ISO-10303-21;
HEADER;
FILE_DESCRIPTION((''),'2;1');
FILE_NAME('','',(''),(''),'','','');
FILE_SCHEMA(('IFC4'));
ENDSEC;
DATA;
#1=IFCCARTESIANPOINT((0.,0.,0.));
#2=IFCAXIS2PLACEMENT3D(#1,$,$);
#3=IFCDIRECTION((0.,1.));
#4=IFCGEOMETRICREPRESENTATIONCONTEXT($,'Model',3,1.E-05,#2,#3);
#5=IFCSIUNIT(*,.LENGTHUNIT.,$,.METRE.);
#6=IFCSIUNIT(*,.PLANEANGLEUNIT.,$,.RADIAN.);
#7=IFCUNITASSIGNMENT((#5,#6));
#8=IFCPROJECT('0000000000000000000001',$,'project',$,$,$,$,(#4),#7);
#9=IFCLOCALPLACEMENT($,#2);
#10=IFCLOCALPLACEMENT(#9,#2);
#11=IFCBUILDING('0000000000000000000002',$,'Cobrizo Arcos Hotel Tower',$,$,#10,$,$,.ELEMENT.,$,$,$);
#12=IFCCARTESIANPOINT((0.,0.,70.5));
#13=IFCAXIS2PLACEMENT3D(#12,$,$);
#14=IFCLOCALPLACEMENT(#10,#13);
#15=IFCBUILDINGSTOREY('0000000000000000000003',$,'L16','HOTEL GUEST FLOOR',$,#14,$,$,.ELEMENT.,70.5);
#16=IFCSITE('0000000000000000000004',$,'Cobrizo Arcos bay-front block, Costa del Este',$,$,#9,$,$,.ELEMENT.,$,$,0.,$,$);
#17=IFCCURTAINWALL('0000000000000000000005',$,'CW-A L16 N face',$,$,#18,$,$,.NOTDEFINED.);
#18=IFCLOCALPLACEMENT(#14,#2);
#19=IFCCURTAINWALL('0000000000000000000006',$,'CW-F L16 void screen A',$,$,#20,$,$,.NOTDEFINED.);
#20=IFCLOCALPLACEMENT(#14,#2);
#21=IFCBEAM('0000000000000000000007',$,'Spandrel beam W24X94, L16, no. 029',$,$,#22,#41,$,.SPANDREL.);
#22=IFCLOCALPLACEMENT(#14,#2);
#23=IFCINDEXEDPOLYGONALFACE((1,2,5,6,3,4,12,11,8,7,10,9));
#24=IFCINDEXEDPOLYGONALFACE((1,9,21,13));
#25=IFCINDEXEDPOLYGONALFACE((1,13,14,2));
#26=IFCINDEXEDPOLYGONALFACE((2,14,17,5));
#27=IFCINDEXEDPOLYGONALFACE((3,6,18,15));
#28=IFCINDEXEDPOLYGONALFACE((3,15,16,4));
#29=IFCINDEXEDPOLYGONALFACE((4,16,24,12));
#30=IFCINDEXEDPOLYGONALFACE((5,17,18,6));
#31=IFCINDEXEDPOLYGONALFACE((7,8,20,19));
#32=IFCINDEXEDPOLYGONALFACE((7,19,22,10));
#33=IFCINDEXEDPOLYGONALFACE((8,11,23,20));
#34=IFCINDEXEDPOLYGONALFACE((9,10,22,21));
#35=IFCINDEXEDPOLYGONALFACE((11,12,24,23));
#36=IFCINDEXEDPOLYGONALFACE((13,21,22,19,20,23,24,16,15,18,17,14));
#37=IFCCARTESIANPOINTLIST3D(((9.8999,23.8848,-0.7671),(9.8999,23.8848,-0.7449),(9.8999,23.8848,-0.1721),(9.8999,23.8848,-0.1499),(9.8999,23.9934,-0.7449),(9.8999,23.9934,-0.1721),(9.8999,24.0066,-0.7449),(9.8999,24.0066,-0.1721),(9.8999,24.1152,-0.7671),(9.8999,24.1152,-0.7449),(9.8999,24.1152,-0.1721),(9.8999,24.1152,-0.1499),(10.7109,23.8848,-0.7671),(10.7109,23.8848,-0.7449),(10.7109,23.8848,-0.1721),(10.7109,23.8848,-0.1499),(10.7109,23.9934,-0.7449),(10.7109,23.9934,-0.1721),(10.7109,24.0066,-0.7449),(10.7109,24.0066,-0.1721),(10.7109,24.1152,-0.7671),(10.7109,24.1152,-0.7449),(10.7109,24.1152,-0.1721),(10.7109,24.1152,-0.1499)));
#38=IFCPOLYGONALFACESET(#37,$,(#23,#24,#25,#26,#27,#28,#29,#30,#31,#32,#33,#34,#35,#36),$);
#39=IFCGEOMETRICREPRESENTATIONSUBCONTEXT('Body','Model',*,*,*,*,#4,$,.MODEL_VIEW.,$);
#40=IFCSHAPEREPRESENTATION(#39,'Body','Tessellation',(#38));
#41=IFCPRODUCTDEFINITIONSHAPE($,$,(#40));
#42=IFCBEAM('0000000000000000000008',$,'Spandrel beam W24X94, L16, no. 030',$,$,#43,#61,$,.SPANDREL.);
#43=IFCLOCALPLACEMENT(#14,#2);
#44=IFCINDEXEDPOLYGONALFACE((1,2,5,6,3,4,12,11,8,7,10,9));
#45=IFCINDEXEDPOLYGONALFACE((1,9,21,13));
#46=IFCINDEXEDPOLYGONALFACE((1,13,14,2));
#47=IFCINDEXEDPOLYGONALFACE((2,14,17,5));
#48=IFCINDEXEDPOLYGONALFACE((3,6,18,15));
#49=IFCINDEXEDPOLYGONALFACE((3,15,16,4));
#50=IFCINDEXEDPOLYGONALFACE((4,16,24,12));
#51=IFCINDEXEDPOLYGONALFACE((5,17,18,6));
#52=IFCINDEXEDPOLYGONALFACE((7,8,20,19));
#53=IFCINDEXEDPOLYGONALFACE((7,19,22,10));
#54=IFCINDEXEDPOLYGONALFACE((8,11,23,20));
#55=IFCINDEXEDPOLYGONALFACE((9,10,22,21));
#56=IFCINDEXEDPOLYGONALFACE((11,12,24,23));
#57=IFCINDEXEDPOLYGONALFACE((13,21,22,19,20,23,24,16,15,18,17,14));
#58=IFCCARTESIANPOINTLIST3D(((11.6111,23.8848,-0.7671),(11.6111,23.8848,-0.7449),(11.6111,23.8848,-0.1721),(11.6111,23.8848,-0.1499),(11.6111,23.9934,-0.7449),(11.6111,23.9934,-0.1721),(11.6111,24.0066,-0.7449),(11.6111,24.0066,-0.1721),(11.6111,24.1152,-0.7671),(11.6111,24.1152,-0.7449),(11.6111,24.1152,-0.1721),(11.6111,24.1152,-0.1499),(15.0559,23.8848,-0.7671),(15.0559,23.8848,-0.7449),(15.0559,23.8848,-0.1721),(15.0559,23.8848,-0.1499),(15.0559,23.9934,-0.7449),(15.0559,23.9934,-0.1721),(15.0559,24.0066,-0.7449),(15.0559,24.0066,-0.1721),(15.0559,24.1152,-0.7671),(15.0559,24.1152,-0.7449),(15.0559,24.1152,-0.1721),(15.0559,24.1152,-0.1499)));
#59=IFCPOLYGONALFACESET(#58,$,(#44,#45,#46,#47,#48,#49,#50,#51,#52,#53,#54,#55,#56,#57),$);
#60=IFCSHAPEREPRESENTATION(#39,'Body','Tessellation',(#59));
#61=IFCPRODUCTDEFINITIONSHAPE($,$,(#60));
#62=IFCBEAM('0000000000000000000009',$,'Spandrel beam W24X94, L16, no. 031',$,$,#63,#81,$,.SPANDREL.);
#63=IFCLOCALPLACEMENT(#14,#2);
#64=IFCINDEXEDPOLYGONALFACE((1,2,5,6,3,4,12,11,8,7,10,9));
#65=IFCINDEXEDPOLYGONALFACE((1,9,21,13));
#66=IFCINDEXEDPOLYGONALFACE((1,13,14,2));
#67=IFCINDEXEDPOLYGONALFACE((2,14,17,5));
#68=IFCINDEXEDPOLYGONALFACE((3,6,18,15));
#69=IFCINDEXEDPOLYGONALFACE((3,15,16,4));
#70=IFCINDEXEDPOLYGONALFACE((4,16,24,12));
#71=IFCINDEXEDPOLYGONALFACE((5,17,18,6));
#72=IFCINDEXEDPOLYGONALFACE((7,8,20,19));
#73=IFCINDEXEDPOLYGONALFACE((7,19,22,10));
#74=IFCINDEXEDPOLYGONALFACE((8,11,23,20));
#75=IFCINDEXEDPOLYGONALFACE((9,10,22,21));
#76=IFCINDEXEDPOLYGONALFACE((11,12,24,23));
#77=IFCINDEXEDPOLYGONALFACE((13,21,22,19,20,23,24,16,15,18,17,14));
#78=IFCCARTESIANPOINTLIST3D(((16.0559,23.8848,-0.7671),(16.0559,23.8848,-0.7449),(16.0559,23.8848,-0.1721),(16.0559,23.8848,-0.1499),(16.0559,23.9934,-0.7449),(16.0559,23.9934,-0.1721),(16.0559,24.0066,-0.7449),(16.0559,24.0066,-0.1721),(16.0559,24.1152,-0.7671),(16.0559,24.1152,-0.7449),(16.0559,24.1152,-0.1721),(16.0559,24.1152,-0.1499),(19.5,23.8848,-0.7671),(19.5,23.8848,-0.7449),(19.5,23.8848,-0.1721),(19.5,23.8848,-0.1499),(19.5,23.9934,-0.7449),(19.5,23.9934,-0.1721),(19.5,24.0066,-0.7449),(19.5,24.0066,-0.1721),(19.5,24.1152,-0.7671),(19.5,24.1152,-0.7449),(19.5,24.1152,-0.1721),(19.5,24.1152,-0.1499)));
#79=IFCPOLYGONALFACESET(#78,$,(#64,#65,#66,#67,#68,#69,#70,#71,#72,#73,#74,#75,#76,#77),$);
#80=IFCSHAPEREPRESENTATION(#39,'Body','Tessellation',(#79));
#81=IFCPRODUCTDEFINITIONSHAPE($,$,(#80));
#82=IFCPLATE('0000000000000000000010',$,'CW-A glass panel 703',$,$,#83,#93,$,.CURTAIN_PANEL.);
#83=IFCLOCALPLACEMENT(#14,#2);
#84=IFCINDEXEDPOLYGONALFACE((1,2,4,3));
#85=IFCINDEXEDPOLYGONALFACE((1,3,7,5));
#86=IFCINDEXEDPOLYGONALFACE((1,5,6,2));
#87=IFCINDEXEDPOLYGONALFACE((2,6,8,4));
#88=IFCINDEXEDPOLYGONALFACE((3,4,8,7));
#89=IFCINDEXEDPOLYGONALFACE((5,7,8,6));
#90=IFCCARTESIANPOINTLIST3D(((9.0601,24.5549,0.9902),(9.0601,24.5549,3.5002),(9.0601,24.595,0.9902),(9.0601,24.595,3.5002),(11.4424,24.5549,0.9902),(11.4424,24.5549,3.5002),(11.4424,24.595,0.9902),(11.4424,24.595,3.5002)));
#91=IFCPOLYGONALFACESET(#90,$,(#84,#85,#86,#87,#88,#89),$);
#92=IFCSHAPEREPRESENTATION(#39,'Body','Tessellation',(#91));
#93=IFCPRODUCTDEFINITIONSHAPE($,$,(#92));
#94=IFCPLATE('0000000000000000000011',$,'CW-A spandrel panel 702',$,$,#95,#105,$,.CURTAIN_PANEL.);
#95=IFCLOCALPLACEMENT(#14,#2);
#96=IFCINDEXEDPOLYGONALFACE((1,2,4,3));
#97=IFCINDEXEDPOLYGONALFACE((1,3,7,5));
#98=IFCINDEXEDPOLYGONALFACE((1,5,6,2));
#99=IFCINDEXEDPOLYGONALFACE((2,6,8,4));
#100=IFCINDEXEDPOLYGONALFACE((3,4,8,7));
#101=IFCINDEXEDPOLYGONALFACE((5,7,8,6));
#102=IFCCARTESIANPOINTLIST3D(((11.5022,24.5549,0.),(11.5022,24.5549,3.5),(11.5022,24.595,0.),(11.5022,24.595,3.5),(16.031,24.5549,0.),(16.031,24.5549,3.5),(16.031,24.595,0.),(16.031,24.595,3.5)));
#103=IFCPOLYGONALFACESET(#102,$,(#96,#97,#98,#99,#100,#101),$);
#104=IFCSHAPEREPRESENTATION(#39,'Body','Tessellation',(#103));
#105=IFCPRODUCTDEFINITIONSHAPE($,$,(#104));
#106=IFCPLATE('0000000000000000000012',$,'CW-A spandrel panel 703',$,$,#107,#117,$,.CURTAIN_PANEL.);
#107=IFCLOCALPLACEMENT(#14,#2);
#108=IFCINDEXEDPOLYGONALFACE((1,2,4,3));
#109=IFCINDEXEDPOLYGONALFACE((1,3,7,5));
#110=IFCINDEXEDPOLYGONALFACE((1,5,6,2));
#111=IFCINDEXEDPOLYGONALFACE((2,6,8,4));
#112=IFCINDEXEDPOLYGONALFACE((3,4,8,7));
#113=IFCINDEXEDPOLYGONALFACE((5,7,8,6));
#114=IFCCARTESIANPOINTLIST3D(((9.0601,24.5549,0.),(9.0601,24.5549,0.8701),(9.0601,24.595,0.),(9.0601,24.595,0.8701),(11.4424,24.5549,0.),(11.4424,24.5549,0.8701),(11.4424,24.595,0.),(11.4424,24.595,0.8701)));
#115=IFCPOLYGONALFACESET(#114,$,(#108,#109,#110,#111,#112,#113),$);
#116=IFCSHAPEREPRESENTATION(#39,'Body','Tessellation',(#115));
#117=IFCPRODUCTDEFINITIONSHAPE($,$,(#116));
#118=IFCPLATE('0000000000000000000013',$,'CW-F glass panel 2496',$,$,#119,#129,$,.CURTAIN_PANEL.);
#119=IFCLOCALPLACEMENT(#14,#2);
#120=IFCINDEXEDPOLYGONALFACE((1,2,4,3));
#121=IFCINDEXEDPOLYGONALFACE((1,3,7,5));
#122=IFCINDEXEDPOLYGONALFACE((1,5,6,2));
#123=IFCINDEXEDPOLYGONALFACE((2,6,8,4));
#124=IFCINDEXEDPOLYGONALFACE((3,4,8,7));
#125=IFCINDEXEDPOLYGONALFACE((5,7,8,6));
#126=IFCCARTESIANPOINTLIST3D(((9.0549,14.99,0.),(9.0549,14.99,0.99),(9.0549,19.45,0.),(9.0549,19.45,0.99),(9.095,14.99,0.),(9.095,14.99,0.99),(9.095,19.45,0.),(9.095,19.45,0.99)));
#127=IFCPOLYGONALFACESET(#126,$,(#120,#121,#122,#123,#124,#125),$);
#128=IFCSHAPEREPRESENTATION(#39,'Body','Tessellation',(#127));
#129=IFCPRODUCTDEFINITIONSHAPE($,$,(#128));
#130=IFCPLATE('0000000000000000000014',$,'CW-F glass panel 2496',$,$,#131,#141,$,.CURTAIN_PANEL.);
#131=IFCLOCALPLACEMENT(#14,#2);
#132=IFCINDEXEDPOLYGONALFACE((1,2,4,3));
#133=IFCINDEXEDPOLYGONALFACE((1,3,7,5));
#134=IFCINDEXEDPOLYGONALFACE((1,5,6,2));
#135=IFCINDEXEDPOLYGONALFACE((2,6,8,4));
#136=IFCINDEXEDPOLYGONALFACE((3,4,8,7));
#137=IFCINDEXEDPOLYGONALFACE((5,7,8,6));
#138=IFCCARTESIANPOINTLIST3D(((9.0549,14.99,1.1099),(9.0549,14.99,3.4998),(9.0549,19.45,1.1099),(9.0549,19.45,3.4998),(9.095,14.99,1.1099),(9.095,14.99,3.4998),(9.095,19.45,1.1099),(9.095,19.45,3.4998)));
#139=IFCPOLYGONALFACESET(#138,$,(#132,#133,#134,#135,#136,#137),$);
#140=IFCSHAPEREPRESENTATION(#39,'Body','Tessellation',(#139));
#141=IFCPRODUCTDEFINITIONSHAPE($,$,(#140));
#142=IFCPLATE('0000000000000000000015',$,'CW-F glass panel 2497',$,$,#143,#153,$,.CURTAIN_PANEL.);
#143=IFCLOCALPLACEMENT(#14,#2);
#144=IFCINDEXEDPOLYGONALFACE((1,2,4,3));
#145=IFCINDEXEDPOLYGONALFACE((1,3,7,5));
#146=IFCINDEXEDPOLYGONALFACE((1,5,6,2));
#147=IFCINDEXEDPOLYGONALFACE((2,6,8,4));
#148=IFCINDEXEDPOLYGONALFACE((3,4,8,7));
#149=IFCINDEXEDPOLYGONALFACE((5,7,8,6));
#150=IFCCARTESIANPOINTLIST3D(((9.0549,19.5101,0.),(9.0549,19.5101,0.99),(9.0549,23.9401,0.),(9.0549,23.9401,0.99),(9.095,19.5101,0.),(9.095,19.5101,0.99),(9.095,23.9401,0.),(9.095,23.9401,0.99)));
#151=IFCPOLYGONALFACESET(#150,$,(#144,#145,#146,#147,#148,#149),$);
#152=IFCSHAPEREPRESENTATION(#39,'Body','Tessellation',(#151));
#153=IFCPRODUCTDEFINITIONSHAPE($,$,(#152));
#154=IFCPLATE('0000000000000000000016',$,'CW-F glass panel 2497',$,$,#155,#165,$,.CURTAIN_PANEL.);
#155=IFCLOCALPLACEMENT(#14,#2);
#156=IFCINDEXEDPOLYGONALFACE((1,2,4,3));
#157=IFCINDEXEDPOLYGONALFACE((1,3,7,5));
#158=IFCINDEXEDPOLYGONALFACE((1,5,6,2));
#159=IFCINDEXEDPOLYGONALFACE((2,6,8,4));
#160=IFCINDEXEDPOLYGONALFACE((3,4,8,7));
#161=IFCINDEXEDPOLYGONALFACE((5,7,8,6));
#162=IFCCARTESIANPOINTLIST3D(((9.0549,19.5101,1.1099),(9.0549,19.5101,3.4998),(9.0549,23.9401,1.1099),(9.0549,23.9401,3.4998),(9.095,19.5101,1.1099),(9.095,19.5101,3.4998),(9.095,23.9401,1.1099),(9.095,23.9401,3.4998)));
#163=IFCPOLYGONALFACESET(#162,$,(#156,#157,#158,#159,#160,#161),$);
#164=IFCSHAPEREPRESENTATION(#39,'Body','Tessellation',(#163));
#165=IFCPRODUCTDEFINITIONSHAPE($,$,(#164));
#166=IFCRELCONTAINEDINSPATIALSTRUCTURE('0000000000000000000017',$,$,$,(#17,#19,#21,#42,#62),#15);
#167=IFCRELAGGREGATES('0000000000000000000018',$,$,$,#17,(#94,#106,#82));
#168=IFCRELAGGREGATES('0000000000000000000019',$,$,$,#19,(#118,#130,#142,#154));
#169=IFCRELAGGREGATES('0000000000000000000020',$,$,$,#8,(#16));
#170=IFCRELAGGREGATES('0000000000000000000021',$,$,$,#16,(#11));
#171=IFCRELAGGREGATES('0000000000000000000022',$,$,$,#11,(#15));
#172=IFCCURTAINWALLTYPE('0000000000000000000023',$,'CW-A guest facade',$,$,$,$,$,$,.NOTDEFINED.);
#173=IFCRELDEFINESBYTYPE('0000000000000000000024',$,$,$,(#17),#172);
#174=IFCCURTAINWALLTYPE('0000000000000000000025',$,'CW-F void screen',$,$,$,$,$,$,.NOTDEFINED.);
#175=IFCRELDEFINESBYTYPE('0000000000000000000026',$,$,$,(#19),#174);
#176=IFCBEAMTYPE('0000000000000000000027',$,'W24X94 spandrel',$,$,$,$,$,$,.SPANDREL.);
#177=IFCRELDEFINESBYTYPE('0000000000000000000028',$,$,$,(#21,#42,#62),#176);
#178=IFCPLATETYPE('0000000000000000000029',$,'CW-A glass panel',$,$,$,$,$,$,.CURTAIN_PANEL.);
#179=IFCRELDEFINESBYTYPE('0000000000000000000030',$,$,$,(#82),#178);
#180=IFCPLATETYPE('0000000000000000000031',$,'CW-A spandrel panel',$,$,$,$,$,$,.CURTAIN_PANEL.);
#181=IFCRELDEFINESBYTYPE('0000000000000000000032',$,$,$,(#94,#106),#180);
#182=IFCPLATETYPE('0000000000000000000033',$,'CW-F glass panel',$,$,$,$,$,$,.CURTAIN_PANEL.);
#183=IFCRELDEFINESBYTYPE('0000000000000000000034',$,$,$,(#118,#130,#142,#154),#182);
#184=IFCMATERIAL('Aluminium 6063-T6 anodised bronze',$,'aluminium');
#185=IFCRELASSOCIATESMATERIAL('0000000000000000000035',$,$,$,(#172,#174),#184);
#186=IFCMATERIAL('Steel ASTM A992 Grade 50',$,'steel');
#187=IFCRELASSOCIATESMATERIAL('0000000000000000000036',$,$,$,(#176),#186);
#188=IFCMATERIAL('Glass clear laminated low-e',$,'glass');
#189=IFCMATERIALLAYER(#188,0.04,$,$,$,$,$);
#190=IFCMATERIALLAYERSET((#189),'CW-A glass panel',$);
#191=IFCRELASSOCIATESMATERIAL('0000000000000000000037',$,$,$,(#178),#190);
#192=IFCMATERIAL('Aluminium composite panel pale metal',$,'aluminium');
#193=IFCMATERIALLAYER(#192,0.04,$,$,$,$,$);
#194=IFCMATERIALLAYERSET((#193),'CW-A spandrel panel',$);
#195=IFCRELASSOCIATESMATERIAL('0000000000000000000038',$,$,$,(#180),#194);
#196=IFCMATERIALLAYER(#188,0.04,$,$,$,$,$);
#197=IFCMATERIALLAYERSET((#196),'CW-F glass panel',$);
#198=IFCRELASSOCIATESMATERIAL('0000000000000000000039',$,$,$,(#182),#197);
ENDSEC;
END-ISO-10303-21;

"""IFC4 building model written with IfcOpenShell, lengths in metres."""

from ifc_helpers import new_model, si_unit, direction, frame, origin, origin_2d, place, context, subcontext, project, spatial, rectangle, i_section, extrude, material, layer, layer_set, material_profile, profile_set, type_object, element, aggregate, save


model = new_model("IFC4")

# Units and contexts
model_context = context("Model", 3, precision=1e-05, world=origin(), true_north=direction((0.0, 1.0)))
body_context = subcontext(model_context, "Body", "Model", "MODEL_VIEW")
ifc_project = project(units=[si_unit("LENGTHUNIT", "METRE"), si_unit("PLANEANGLEUNIT", "RADIAN")], contexts=[model_context])

# Site, building, storey
site_placement = place(None, origin())
site = spatial("IfcSite", under=ifc_project, at=site_placement, Name="Cobrizo Arcos bay-front block, Costa del Este", CompositionType="ELEMENT", RefElevation=0.0)
building_placement = place(site_placement, origin())
building = spatial("IfcBuilding", under=site, at=building_placement, Name="Cobrizo Arcos Hotel Tower", CompositionType="ELEMENT")
storey_placement = place(building_placement, frame((0.0, 0.0, 70.5)))
storey = spatial("IfcBuildingStorey", under=building, at=storey_placement, Name="L16", Description="HOTEL GUEST FLOOR", CompositionType="ELEMENT", Elevation=70.5)

# Curtain walls
ifc_material_1 = material(Name="Aluminium 6063-T6 anodised bronze", Category="aluminium")
curtain_wall_type_1 = type_object("IfcCurtainWallType", Name="CW-A guest facade", PredefinedType="NOTDEFINED", material=ifc_material_1)
curtain_wall_1_placement = place(storey_placement, origin())
curtain_wall_1 = element("IfcCurtainWall", 1, at=curtain_wall_1_placement, inside=storey, type_object=curtain_wall_type_1, Name="CW-A L16 N face", PredefinedType="NOTDEFINED")
curtain_wall_type_2 = type_object("IfcCurtainWallType", Name="CW-F void screen", PredefinedType="NOTDEFINED", material=ifc_material_1)
curtain_wall_2_placement = place(storey_placement, origin())
curtain_wall_2 = element("IfcCurtainWall", 2, at=curtain_wall_2_placement, inside=storey, type_object=curtain_wall_type_2, Name="CW-F L16 void screen A", PredefinedType="NOTDEFINED")

# Beams
ifc_material_2 = material(Name="Steel ASTM A992 Grade 50", Category="steel")
ifc_material_profile_1 = material_profile(ifc_material_2, i_section(OverallWidth=0.2305, OverallDepth=0.6172, WebThickness=0.0132, FlangeThickness=0.0222, at=origin_2d()), Name="W24X94")
ifc_profile_set_1 = profile_set([ifc_material_profile_1], Name="Steel ASTM A992 Grade 50")
beam_type = type_object("IfcBeamType", Name="W24X94 spandrel", PredefinedType="SPANDREL", material=ifc_profile_set_1)
beam_1_placement = place(storey_placement, frame((9.8999, 24.0, -0.4585), z_axis=(1.0, 0.0, 0.0), x_axis=(0.0, 1.0, 0.0)))
element("IfcBeam", 3, at=beam_1_placement, inside=storey, type_object=beam_type, Name="Spandrel beam W24X94, L16, no. 029", PredefinedType="SPANDREL", context=body_context, shape_type="SweptSolid", body=[
    extrude(i_section(OverallWidth=0.2305, OverallDepth=0.6172, WebThickness=0.0132, FlangeThickness=0.0222, at=origin_2d()), origin(), (0.0, 0.0, 1.0), 0.811),
])
beam_2_placement = place(storey_placement, frame((11.6111, 24.0, -0.4585), z_axis=(1.0, 0.0, 0.0), x_axis=(0.0, 1.0, 0.0)))
element("IfcBeam", 4, at=beam_2_placement, inside=storey, type_object=beam_type, Name="Spandrel beam W24X94, L16, no. 030", PredefinedType="SPANDREL", context=body_context, shape_type="SweptSolid", body=[
    extrude(i_section(OverallWidth=0.2305, OverallDepth=0.6172, WebThickness=0.0132, FlangeThickness=0.0222, at=origin_2d()), origin(), (0.0, 0.0, 1.0), 3.4448),
])
beam_3_placement = place(storey_placement, frame((16.0559, 24.0, -0.4585), z_axis=(1.0, 0.0, 0.0), x_axis=(0.0, 1.0, 0.0)))
element("IfcBeam", 5, at=beam_3_placement, inside=storey, type_object=beam_type, Name="Spandrel beam W24X94, L16, no. 031", PredefinedType="SPANDREL", context=body_context, shape_type="SweptSolid", body=[
    extrude(i_section(OverallWidth=0.2305, OverallDepth=0.6172, WebThickness=0.0132, FlangeThickness=0.0222, at=origin_2d()), origin(), (0.0, 0.0, 1.0), 3.4441),
])

# Plates
ifc_material_3 = material(Name="Glass clear laminated low-e", Category="glass")
ifc_layer_1 = layer(ifc_material_3, 0.04)
ifc_layer_set_1 = layer_set([ifc_layer_1], Name="CW-A glass panel")
plate_type_1 = type_object("IfcPlateType", Name="CW-A glass panel", PredefinedType="CURTAIN_PANEL", material=ifc_layer_set_1)
plate_1_placement = place(storey_placement, frame((10.2512, 24.575, 0.9902), z_axis=(0.0, 0.0, 1.0), x_axis=(-1.0, 0.0, 0.0)))
plate_1 = element("IfcPlate", 6, at=plate_1_placement, type_object=plate_type_1, Name="CW-A glass panel 703", PredefinedType="CURTAIN_PANEL", context=body_context, shape_type="SweptSolid", body=[
    extrude(rectangle(XDim=2.3823, YDim=0.04, at=origin_2d()), origin(), (0.0, 0.0, 1.0), 2.51),
])
ifc_material_4 = material(Name="Aluminium composite panel pale metal", Category="aluminium")
ifc_layer_2 = layer(ifc_material_4, 0.04)
ifc_layer_set_2 = layer_set([ifc_layer_2], Name="CW-A spandrel panel")
plate_type_2 = type_object("IfcPlateType", Name="CW-A spandrel panel", PredefinedType="CURTAIN_PANEL", material=ifc_layer_set_2)
plate_2_placement = place(storey_placement, frame((13.7666, 24.575, 0.0), z_axis=(0.0, 0.0, 1.0), x_axis=(-1.0, 0.0, 0.0)))
plate_2 = element("IfcPlate", 7, at=plate_2_placement, type_object=plate_type_2, Name="CW-A spandrel panel 702", PredefinedType="CURTAIN_PANEL", context=body_context, shape_type="SweptSolid", body=[
    extrude(rectangle(XDim=4.5288, YDim=0.04, at=origin_2d()), origin(), (0.0, 0.0, 1.0), 3.5),
])
plate_3_placement = place(storey_placement, frame((10.2512, 24.575, 0.0), z_axis=(0.0, 0.0, 1.0), x_axis=(-1.0, 0.0, 0.0)))
plate_3 = element("IfcPlate", 8, at=plate_3_placement, type_object=plate_type_2, Name="CW-A spandrel panel 703", PredefinedType="CURTAIN_PANEL", context=body_context, shape_type="SweptSolid", body=[
    extrude(rectangle(XDim=2.3823, YDim=0.04, at=origin_2d()), origin(), (0.0, 0.0, 1.0), 0.8701),
])
aggregate(curtain_wall_1, [plate_2, plate_3, plate_1])
ifc_layer_3 = layer(ifc_material_3, 0.04)
ifc_layer_set_3 = layer_set([ifc_layer_3], Name="CW-F glass panel")
plate_type_3 = type_object("IfcPlateType", Name="CW-F glass panel", PredefinedType="CURTAIN_PANEL", material=ifc_layer_set_3)
plate_4_placement = place(storey_placement, frame((9.075, 17.22, 0.0), z_axis=(0.0, 0.0, 1.0), x_axis=(0.0, 1.0, 0.0)))
plate_4 = element("IfcPlate", 9, at=plate_4_placement, type_object=plate_type_3, Name="CW-F glass panel 2496", PredefinedType="CURTAIN_PANEL", context=body_context, shape_type="SweptSolid", body=[
    extrude(rectangle(XDim=4.46, YDim=0.04, at=origin_2d()), origin(), (0.0, 0.0, 1.0), 0.99),
])
plate_5_placement = place(storey_placement, frame((9.075, 17.22, 1.1099), z_axis=(0.0, 0.0, 1.0), x_axis=(0.0, 1.0, 0.0)))
plate_5 = element("IfcPlate", 10, at=plate_5_placement, type_object=plate_type_3, Name="CW-F glass panel 2496", PredefinedType="CURTAIN_PANEL", context=body_context, shape_type="SweptSolid", body=[
    extrude(rectangle(XDim=4.46, YDim=0.04, at=origin_2d()), origin(), (0.0, 0.0, 1.0), 2.3899),
])
plate_6_placement = place(storey_placement, frame((9.075, 21.7251, 0.0), z_axis=(0.0, 0.0, 1.0), x_axis=(0.0, 1.0, 0.0)))
plate_6 = element("IfcPlate", 11, at=plate_6_placement, type_object=plate_type_3, Name="CW-F glass panel 2497", PredefinedType="CURTAIN_PANEL", context=body_context, shape_type="SweptSolid", body=[
    extrude(rectangle(XDim=4.4299, YDim=0.04, at=origin_2d()), origin(), (0.0, 0.0, 1.0), 0.99),
])
plate_7_placement = place(storey_placement, frame((9.075, 21.7251, 1.1099), z_axis=(0.0, 0.0, 1.0), x_axis=(0.0, 1.0, 0.0)))
plate_7 = element("IfcPlate", 12, at=plate_7_placement, type_object=plate_type_3, Name="CW-F glass panel 2497", PredefinedType="CURTAIN_PANEL", context=body_context, shape_type="SweptSolid", body=[
    extrude(rectangle(XDim=4.4299, YDim=0.04, at=origin_2d()), origin(), (0.0, 0.0, 1.0), 2.3899),
])
aggregate(curtain_wall_2, [plate_4, plate_5, plate_6, plate_7])

save(model, "model.ifc")
